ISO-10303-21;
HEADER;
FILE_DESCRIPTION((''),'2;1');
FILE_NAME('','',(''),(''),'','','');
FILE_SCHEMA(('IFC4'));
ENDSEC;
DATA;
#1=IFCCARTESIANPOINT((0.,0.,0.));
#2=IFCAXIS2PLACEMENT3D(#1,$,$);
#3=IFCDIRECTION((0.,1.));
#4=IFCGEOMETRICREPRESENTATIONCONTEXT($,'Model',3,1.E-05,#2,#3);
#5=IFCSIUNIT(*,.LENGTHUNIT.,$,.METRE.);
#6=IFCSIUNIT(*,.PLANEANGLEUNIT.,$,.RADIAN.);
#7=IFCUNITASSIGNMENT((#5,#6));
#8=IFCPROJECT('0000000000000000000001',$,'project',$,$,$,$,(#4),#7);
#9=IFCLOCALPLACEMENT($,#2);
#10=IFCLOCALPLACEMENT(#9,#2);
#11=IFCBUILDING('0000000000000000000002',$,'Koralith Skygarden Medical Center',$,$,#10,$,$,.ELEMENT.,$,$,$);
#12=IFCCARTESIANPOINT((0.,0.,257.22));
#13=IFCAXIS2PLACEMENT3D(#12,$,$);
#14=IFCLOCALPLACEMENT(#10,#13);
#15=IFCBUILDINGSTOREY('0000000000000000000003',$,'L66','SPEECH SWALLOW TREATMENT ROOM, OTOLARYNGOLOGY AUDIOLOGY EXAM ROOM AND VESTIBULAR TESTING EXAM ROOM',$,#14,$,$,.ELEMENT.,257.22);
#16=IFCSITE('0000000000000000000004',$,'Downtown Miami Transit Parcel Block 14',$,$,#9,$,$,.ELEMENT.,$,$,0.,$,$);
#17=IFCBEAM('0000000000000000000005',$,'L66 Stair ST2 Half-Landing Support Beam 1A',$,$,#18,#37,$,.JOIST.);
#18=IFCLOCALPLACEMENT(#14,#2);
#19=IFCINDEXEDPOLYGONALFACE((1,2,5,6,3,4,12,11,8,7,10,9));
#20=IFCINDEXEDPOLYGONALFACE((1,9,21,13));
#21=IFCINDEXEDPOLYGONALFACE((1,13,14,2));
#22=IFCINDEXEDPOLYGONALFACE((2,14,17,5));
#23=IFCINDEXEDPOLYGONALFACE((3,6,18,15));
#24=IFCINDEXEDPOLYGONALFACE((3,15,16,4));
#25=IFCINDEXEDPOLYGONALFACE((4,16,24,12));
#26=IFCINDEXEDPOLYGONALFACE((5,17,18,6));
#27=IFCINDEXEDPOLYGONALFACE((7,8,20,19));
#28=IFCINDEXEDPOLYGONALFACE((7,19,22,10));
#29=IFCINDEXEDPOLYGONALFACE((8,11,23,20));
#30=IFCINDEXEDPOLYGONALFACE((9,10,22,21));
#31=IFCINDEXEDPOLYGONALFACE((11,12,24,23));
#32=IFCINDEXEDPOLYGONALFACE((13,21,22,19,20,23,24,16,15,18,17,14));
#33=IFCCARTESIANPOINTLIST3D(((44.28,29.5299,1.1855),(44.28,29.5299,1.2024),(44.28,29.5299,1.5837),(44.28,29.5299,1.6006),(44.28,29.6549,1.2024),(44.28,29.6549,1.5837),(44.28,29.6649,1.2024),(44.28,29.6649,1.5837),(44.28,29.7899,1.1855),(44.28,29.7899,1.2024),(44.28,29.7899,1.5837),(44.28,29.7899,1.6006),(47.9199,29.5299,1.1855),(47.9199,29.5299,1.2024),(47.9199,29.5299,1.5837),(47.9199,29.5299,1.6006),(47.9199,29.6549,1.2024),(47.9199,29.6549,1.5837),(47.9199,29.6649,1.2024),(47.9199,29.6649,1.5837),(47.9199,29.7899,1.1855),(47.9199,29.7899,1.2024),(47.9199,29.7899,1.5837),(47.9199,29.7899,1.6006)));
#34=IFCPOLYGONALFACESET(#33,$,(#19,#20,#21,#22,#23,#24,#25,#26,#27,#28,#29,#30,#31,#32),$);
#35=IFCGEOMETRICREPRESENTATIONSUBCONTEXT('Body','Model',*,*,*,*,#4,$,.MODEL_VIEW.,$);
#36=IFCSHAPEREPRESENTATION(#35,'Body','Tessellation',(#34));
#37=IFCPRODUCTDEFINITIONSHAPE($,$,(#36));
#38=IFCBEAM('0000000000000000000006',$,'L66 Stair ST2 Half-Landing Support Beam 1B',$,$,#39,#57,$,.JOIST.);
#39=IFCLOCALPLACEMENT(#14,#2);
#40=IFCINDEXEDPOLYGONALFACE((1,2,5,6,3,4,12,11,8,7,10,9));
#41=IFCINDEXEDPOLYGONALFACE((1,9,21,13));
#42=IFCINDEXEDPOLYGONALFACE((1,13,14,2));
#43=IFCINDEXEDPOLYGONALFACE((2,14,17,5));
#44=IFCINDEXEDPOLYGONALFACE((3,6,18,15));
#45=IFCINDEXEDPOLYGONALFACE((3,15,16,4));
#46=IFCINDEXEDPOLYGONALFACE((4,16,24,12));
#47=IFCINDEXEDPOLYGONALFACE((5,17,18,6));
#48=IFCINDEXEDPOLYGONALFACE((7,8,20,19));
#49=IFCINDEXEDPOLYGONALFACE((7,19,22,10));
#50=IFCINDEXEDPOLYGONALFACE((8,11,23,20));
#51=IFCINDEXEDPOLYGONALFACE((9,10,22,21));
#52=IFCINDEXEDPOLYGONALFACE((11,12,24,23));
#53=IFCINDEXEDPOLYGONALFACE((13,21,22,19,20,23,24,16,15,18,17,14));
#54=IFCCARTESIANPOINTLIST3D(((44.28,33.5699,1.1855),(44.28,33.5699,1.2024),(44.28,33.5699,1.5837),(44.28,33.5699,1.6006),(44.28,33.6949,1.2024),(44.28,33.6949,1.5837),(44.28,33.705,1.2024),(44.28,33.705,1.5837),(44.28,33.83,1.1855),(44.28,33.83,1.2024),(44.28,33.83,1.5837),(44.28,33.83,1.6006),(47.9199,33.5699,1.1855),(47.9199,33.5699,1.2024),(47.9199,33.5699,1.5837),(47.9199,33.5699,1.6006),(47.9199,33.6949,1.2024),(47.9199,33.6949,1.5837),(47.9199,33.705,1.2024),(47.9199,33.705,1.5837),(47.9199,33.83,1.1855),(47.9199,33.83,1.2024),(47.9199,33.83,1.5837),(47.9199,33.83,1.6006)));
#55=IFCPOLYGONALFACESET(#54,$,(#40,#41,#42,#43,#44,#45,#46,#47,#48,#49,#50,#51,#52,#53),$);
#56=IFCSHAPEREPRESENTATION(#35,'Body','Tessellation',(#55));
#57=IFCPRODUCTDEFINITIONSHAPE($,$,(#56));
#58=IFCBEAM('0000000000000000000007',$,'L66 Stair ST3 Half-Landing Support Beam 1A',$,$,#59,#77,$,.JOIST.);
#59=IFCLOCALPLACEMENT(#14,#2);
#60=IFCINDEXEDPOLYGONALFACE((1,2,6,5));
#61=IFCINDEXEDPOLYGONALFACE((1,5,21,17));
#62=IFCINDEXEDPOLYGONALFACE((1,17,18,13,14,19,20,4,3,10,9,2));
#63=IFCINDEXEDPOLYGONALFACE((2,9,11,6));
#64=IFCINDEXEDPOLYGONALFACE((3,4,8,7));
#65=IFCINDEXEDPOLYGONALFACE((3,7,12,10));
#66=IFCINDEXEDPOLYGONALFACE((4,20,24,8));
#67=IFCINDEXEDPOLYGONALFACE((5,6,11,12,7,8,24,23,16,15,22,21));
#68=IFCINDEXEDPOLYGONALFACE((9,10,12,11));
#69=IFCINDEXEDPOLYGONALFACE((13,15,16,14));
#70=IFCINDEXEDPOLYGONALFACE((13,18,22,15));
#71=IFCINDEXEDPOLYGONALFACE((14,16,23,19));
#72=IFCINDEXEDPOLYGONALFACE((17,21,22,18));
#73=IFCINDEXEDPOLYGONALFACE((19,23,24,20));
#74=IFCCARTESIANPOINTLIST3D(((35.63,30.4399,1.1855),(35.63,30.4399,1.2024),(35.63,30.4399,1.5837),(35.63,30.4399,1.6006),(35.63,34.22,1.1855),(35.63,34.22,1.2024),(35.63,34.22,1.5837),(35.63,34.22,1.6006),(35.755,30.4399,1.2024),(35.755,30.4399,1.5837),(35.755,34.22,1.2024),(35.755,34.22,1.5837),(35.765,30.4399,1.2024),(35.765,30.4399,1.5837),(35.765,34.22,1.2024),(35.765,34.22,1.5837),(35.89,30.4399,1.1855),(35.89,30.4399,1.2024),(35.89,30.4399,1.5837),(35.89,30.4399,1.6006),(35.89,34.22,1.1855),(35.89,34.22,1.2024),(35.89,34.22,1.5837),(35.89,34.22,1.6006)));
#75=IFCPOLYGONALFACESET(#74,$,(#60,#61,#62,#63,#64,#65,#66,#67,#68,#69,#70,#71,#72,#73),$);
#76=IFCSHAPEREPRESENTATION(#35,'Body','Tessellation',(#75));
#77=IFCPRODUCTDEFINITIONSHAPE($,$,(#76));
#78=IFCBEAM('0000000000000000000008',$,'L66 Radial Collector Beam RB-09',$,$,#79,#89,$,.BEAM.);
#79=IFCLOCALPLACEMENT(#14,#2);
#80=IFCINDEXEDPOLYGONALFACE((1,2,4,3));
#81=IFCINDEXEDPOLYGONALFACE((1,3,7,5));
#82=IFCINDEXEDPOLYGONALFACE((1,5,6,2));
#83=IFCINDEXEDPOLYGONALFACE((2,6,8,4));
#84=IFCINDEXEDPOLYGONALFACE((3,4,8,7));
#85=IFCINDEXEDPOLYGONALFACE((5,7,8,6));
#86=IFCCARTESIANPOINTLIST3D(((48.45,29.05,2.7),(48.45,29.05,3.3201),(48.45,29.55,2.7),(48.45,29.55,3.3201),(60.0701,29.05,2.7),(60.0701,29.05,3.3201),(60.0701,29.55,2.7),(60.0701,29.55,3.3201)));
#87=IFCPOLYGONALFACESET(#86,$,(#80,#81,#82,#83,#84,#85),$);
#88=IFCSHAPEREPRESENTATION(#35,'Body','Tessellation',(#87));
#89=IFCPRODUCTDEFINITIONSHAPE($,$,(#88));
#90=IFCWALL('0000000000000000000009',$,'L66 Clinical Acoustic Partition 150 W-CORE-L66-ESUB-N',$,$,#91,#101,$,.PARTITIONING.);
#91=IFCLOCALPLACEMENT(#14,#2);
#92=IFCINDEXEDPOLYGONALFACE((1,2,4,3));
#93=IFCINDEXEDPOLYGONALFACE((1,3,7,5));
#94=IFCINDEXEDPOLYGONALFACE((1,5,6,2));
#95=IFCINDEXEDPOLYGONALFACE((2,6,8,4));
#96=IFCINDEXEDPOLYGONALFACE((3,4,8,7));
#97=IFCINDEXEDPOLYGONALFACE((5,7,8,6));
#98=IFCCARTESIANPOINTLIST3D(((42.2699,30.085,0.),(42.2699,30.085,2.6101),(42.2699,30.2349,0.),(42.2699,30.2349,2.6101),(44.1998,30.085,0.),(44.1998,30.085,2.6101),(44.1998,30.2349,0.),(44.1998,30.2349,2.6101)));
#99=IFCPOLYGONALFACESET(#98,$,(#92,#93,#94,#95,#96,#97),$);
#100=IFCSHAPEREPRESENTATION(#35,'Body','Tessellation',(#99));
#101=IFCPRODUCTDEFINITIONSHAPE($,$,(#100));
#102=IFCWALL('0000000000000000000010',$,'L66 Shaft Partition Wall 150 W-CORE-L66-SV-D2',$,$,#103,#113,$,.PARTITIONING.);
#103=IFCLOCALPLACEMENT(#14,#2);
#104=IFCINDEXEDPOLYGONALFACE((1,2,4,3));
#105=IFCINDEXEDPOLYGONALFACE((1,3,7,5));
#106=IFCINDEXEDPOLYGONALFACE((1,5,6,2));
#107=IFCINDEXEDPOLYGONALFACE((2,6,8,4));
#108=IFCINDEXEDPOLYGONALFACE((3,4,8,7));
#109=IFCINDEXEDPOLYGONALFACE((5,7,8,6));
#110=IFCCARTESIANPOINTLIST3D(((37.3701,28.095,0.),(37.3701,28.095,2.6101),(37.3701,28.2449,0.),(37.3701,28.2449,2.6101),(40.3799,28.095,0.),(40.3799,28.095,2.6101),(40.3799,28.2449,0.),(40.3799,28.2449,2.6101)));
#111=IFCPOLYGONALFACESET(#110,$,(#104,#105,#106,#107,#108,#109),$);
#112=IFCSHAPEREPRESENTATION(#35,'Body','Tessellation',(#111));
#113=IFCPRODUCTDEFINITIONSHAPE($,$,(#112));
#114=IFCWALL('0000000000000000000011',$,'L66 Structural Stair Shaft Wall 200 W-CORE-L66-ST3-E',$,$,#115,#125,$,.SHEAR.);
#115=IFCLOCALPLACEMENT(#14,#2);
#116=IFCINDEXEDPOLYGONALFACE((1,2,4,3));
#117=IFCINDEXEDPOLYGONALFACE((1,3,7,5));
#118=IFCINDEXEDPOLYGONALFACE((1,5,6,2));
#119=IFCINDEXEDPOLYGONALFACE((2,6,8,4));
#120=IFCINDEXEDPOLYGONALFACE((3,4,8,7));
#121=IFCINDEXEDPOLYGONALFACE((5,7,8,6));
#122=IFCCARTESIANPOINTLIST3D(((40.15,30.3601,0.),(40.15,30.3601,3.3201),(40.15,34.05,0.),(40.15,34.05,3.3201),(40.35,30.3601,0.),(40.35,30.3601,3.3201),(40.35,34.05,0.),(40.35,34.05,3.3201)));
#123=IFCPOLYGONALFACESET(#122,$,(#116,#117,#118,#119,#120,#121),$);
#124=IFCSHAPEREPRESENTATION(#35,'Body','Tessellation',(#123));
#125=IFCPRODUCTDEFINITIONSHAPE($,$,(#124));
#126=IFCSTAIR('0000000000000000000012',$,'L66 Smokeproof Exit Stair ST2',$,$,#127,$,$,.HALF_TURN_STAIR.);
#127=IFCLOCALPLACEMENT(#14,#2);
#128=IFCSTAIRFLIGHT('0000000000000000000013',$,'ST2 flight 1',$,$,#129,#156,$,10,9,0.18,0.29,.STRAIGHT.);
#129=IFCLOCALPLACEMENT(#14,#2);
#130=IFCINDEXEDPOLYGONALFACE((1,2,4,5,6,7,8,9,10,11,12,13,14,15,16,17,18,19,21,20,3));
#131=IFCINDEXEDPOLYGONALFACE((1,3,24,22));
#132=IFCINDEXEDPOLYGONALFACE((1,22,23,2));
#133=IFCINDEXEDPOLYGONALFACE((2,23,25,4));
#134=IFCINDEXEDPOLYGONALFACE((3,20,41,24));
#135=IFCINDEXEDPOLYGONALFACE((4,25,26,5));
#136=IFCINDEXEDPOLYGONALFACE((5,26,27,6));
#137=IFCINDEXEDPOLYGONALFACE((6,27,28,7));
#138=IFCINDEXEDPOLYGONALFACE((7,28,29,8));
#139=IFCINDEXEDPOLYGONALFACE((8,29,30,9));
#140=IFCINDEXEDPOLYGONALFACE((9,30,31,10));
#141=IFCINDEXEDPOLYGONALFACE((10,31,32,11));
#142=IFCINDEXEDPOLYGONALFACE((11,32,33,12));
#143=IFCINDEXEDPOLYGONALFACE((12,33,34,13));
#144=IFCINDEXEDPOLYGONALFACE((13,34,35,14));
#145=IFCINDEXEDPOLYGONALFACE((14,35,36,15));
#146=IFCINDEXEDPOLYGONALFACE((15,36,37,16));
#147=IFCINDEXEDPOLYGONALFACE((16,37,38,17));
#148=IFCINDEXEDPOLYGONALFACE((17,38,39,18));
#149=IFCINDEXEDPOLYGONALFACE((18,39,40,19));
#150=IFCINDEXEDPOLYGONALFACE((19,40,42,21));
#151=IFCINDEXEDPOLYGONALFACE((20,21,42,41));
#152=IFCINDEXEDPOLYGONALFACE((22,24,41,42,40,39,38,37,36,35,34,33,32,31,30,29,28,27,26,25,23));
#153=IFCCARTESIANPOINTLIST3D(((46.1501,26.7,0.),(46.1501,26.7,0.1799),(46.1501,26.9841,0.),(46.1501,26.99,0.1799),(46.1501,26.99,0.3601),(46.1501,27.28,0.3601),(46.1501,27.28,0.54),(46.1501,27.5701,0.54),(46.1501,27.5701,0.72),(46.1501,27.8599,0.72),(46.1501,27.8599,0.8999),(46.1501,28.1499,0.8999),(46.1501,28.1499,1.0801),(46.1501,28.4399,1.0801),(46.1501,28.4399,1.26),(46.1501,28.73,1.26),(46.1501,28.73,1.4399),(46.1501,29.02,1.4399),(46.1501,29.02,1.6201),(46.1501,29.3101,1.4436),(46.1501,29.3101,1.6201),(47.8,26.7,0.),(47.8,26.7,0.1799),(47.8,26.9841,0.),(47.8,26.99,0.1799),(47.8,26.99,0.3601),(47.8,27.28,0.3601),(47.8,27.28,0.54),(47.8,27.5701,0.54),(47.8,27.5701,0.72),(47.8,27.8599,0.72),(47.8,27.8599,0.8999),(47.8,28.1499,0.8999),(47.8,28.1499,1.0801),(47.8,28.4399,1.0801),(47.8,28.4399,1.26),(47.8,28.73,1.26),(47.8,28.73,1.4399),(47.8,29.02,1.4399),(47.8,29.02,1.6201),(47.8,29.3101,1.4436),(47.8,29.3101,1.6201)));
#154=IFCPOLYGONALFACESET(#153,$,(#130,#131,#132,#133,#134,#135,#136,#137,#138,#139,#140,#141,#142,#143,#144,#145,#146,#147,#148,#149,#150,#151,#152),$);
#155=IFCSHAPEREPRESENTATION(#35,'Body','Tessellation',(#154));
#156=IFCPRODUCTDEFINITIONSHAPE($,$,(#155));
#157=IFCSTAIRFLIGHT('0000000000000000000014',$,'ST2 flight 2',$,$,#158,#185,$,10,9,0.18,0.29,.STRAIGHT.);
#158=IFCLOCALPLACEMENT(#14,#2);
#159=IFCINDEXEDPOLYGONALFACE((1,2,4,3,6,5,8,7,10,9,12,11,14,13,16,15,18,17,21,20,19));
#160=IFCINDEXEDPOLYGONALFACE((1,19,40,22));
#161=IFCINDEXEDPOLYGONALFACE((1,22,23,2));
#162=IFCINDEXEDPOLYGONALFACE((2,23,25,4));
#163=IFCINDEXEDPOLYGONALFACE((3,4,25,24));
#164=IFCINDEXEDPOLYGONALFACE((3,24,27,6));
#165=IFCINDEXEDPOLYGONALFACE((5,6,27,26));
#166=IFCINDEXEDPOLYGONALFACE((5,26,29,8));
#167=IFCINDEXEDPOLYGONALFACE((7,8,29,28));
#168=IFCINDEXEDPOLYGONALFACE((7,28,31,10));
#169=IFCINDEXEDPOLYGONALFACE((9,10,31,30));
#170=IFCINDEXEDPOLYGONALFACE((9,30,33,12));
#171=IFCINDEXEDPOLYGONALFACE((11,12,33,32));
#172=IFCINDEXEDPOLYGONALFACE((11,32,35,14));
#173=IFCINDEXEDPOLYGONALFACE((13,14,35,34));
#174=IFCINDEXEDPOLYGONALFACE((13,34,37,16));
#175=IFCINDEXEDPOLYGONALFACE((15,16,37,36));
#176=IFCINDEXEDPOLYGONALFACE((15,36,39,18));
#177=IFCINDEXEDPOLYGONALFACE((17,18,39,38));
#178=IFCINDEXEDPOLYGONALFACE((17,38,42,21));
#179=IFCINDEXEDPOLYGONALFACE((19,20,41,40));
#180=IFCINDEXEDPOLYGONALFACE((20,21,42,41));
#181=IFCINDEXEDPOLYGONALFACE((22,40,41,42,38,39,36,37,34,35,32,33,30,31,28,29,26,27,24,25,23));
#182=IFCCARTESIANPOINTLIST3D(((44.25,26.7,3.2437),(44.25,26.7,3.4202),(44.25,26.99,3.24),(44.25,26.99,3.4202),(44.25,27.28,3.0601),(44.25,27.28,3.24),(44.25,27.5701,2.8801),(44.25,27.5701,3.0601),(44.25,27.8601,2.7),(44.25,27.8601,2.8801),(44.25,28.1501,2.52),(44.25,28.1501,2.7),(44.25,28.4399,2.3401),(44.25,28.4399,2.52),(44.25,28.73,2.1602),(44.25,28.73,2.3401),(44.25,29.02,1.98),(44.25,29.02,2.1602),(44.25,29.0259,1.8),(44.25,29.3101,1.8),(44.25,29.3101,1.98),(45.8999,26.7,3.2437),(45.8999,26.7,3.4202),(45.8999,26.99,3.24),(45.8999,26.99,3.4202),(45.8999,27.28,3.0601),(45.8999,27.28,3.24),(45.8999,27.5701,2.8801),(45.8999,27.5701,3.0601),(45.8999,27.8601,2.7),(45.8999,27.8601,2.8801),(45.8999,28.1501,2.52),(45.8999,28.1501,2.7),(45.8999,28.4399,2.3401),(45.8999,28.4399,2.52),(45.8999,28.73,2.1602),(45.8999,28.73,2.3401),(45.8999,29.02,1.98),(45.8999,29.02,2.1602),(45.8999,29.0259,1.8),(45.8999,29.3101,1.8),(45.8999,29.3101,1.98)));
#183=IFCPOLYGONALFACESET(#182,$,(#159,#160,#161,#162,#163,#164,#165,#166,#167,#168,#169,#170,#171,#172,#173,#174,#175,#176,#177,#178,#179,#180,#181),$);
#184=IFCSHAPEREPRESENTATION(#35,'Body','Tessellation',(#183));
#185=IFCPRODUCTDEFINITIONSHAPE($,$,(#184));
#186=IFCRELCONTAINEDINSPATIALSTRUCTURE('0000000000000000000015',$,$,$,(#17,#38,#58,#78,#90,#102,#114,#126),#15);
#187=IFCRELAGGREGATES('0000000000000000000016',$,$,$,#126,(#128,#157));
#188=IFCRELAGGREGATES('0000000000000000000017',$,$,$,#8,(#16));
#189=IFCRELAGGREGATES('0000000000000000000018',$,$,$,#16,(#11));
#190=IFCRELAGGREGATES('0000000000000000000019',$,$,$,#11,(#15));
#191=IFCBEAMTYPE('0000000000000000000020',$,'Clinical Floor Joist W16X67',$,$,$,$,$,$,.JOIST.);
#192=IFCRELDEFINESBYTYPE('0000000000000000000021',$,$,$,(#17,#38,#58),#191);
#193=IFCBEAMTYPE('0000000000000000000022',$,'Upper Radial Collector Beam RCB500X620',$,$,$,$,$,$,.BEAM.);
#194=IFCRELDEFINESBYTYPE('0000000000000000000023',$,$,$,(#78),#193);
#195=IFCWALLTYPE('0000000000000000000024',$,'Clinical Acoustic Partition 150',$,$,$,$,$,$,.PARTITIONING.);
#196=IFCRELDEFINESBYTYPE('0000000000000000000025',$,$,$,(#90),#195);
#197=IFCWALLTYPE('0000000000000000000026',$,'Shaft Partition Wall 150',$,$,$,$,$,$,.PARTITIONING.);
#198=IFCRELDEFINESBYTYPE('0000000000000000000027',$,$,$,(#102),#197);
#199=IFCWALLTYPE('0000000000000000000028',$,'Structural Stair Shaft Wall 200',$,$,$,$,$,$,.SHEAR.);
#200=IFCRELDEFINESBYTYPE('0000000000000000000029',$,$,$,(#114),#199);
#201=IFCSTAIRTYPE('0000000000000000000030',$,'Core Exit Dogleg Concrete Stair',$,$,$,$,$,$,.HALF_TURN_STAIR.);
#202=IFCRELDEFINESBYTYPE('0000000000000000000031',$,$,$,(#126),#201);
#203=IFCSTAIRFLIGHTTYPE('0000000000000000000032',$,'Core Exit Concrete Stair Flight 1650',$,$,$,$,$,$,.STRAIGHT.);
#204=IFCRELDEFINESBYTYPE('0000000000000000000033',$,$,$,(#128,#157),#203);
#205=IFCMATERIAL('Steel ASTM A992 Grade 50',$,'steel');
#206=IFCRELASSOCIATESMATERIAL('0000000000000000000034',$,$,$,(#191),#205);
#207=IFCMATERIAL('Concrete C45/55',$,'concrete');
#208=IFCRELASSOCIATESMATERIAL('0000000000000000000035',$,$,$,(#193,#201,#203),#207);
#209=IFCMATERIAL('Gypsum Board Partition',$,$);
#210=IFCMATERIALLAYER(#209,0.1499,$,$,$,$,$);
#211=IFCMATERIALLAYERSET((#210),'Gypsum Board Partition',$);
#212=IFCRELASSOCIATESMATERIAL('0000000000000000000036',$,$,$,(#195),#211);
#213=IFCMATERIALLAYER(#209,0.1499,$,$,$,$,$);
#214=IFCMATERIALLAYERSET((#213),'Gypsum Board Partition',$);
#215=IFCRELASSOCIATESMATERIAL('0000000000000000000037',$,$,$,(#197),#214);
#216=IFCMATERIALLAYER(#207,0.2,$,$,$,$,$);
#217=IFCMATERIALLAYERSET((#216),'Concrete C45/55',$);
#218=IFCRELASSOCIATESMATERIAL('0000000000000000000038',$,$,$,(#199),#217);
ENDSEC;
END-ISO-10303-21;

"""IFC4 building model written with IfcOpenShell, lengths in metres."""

from ifc_helpers import new_model, si_unit, direction, frame, frame_2d, origin, origin_2d, place, context, subcontext, project, spatial, polyline, rectangle, i_section, outline, extrude, material, layer, layer_set, material_profile, profile_set, type_object, element, aggregate, save


model = new_model("IFC4")

# Units and contexts
model_context = context("Model", 3, precision=1e-05, world=origin(), true_north=direction((0.0, 1.0)))
body_context = subcontext(model_context, "Body", "Model", "MODEL_VIEW")
ifc_project = project(units=[si_unit("LENGTHUNIT", "METRE"), si_unit("PLANEANGLEUNIT", "RADIAN")], contexts=[model_context])

# Site, building, storey
site_placement = place(None, origin())
site = spatial("IfcSite", under=ifc_project, at=site_placement, Name="Downtown Miami Transit Parcel Block 14", CompositionType="ELEMENT", RefElevation=0.0)
building_placement = place(site_placement, origin())
building = spatial("IfcBuilding", under=site, at=building_placement, Name="Koralith Skygarden Medical Center", CompositionType="ELEMENT")
storey_placement = place(building_placement, frame((0.0, 0.0, 257.22)))
storey = spatial("IfcBuildingStorey", under=building, at=storey_placement, Name="L66", Description="SPEECH SWALLOW TREATMENT ROOM, OTOLARYNGOLOGY AUDIOLOGY EXAM ROOM AND VESTIBULAR TESTING EXAM ROOM", CompositionType="ELEMENT", Elevation=257.22)

# Beams
ifc_material_1 = material(Name="Steel ASTM A992 Grade 50", Category="steel")
ifc_material_profile_1 = material_profile(ifc_material_1, i_section(OverallWidth=0.26, OverallDepth=0.415, WebThickness=0.01, FlangeThickness=0.0168, at=origin_2d()), Name="W16X67")
ifc_profile_set_1 = profile_set([ifc_material_profile_1], Name="Steel ASTM A992 Grade 50")
beam_type_1 = type_object("IfcBeamType", Name="Clinical Floor Joist W16X67", PredefinedType="JOIST", material=ifc_profile_set_1)
for number, where, z_axis, x_axis, name in (
    (1, (44.28, 29.6599, 1.3931), (1.0, 0.0, 0.0), (0.0, 1.0, 0.0), "L66 Stair ST2 Half-Landing Support Beam 1A"),
    (2, (44.28, 33.7, 1.3931), (1.0, 0.0, 0.0), (0.0, 1.0, 0.0), "L66 Stair ST2 Half-Landing Support Beam 1B"),
):
    element("IfcBeam", number, at=place(storey_placement, frame(where, z_axis=z_axis, x_axis=x_axis)), inside=storey, type_object=beam_type_1, Name=name, PredefinedType="JOIST", context=body_context, shape_type="SweptSolid", body=[
        extrude(i_section(OverallWidth=0.26, OverallDepth=0.415, WebThickness=0.01, FlangeThickness=0.0168, at=origin_2d()), origin(), (0.0, 0.0, 1.0), 3.6399),
    ])
beam_1_placement = place(storey_placement, frame((35.76, 30.4399, 1.3931), z_axis=(0.0, 1.0, 0.0), x_axis=(-1.0, 0.0, 0.0)))
element("IfcBeam", 3, at=beam_1_placement, inside=storey, type_object=beam_type_1, Name="L66 Stair ST3 Half-Landing Support Beam 1A", PredefinedType="JOIST", context=body_context, shape_type="SweptSolid", body=[
    extrude(i_section(OverallWidth=0.26, OverallDepth=0.415, WebThickness=0.01, FlangeThickness=0.0168, at=origin_2d()), origin(), (0.0, 0.0, 1.0), 3.78),
])
ifc_material_2 = material(Name="Concrete C45/55", Category="concrete")
ifc_material_profile_2 = material_profile(ifc_material_2, rectangle(XDim=0.5, YDim=0.6201, at=origin_2d()), Name="RCB500X620")
ifc_profile_set_2 = profile_set([ifc_material_profile_2], Name="Concrete C45/55")
beam_type_2 = type_object("IfcBeamType", Name="Upper Radial Collector Beam RCB500X620", PredefinedType="BEAM", material=ifc_profile_set_2)
beam_2_placement = place(storey_placement, frame((48.45, 29.3, 3.01), z_axis=(1.0, 0.0, 0.0), x_axis=(0.0, 1.0, 0.0)))
element("IfcBeam", 4, at=beam_2_placement, inside=storey, type_object=beam_type_2, Name="L66 Radial Collector Beam RB-09", PredefinedType="BEAM", context=body_context, shape_type="SweptSolid", body=[
    extrude(rectangle(XDim=0.5, YDim=0.6201, at=origin_2d()), origin(), (0.0, 0.0, 1.0), 11.6201),
])

# Walls
ifc_material_3 = material(Name="Gypsum Board Partition")
ifc_layer_1 = layer(ifc_material_3, 0.1499)
ifc_layer_set_1 = layer_set([ifc_layer_1], Name="Gypsum Board Partition")
wall_type_1 = type_object("IfcWallType", Name="Clinical Acoustic Partition 150", PredefinedType="PARTITIONING", material=ifc_layer_set_1)
wall_1_placement = place(storey_placement, frame((42.27, 30.1599, 0.0), z_axis=(0.0, 0.0, 1.0), x_axis=(1.0, 0.0, 0.0)))
element("IfcWall", 5, at=wall_1_placement, inside=storey, type_object=wall_type_1, Name="L66 Clinical Acoustic Partition 150 W-CORE-L66-ESUB-N", PredefinedType="PARTITIONING", context=body_context, shape_type="SweptSolid", body=[
    extrude(rectangle(XDim=1.9299, YDim=0.1499, at=frame_2d((0.9648, 0.0))), origin(), (0.0, 0.0, 1.0), 2.6101),
])
ifc_layer_2 = layer(ifc_material_3, 0.1499)
ifc_layer_set_2 = layer_set([ifc_layer_2], Name="Gypsum Board Partition")
wall_type_2 = type_object("IfcWallType", Name="Shaft Partition Wall 150", PredefinedType="PARTITIONING", material=ifc_layer_set_2)
wall_2_placement = place(storey_placement, frame((37.3701, 28.1699, 0.0), z_axis=(0.0, 0.0, 1.0), x_axis=(1.0, 0.0, 0.0)))
element("IfcWall", 6, at=wall_2_placement, inside=storey, type_object=wall_type_2, Name="L66 Shaft Partition Wall 150 W-CORE-L66-SV-D2", PredefinedType="PARTITIONING", context=body_context, shape_type="SweptSolid", body=[
    extrude(rectangle(XDim=3.0098, YDim=0.1499, at=frame_2d((1.5049, 0.0))), origin(), (0.0, 0.0, 1.0), 2.6101),
])
ifc_layer_3 = layer(ifc_material_2, 0.2)
ifc_layer_set_3 = layer_set([ifc_layer_3], Name="Concrete C45/55")
wall_type_3 = type_object("IfcWallType", Name="Structural Stair Shaft Wall 200", PredefinedType="SHEAR", material=ifc_layer_set_3)
wall_3_placement = place(storey_placement, frame((40.25, 30.3601, 0.0), z_axis=(0.0, 0.0, 1.0), x_axis=(0.0, 1.0, 0.0)))
element("IfcWall", 7, at=wall_3_placement, inside=storey, type_object=wall_type_3, Name="L66 Structural Stair Shaft Wall 200 W-CORE-L66-ST3-E", PredefinedType="SHEAR", context=body_context, shape_type="SweptSolid", body=[
    extrude(rectangle(XDim=3.6899, YDim=0.2, at=frame_2d((1.845, 0.0))), origin(), (0.0, 0.0, 1.0), 3.3201),
])

# Stair, stair flights
stair_type = type_object("IfcStairType", Name="Core Exit Dogleg Concrete Stair", PredefinedType="HALF_TURN_STAIR", material=ifc_material_2)
stair_placement = place(storey_placement, origin())
stair = element("IfcStair", 8, at=stair_placement, inside=storey, type_object=stair_type, Name="L66 Smokeproof Exit Stair ST2", PredefinedType="HALF_TURN_STAIR")
stair_flight_type = type_object("IfcStairFlightType", Name="Core Exit Concrete Stair Flight 1650", PredefinedType="STRAIGHT", material=ifc_material_2)
stair_flight_1_placement = place(storey_placement, frame((46.9751, 26.7, 0.0), z_axis=(0.0, 0.0, 1.0), x_axis=(0.0, 1.0, 0.0)))
stair_flight_1 = element("IfcStairFlight", 9, at=stair_flight_1_placement, type_object=stair_flight_type, Name="ST2 flight 1", NumberOfRisers=10, NumberOfTreads=9, PredefinedType="STRAIGHT", RiserHeight=0.18, TreadLength=0.29, context=body_context, shape_type="SweptSolid", body=[
    extrude(outline(polyline([(0.0, 0.0), (0.0, 0.1799), (0.29, 0.1799), (0.29, 0.3601), (0.5801, 0.3601), (0.5801, 0.54), (0.8701, 0.54), (0.8701, 0.72), (1.1599, 0.72), (1.1599, 0.8999), (1.45, 0.8999), (1.45, 1.0801), (1.74, 1.0801), (1.74, 1.26), (2.03, 1.26), (2.03, 1.4399), (2.3201, 1.4399), (2.3201, 1.6201), (2.6101, 1.6201), (2.6101, 1.8), (2.6101, 1.4436), (0.2842, 0.0), (0.0, 0.0)])), frame((0.0, 0.825, 0.0), z_axis=(0.0, -1.0, 0.0), x_axis=(1.0, 0.0, 0.0)), (0.0, 0.0, 1.0), 1.6499),
])
stair_flight_2_placement = place(storey_placement, frame((45.075, 29.3101, 1.8), z_axis=(0.0, 0.0, 1.0), x_axis=(0.0, -1.0, 0.0)))
stair_flight_2 = element("IfcStairFlight", 10, at=stair_flight_2_placement, type_object=stair_flight_type, Name="ST2 flight 2", NumberOfRisers=10, NumberOfTreads=9, PredefinedType="STRAIGHT", RiserHeight=0.18, TreadLength=0.29, context=body_context, shape_type="SweptSolid", body=[
    extrude(outline(polyline([(0.0, 0.0), (0.0, 0.1799), (0.29, 0.1799), (0.29, 0.3601), (0.5801, 0.3601), (0.5801, 0.54), (0.8701, 0.54), (0.8701, 0.72), (1.1599, 0.72), (1.1599, 0.8999), (1.45, 0.8999), (1.45, 1.0801), (1.74, 1.0801), (1.74, 1.26), (2.03, 1.26), (2.03, 1.4399), (2.3201, 1.4399), (2.3201, 1.6201), (2.6101, 1.6201), (2.6101, 1.8), (2.6101, 1.4436), (0.2842, 0.0), (0.0, 0.0)])), frame((0.0, 0.825, 0.0), z_axis=(0.0, -1.0, 0.0), x_axis=(1.0, 0.0, 0.0)), (0.0, 0.0, 1.0), 1.6499),
])
aggregate(stair, [stair_flight_1, stair_flight_2])

save(model, "model.ifc")
